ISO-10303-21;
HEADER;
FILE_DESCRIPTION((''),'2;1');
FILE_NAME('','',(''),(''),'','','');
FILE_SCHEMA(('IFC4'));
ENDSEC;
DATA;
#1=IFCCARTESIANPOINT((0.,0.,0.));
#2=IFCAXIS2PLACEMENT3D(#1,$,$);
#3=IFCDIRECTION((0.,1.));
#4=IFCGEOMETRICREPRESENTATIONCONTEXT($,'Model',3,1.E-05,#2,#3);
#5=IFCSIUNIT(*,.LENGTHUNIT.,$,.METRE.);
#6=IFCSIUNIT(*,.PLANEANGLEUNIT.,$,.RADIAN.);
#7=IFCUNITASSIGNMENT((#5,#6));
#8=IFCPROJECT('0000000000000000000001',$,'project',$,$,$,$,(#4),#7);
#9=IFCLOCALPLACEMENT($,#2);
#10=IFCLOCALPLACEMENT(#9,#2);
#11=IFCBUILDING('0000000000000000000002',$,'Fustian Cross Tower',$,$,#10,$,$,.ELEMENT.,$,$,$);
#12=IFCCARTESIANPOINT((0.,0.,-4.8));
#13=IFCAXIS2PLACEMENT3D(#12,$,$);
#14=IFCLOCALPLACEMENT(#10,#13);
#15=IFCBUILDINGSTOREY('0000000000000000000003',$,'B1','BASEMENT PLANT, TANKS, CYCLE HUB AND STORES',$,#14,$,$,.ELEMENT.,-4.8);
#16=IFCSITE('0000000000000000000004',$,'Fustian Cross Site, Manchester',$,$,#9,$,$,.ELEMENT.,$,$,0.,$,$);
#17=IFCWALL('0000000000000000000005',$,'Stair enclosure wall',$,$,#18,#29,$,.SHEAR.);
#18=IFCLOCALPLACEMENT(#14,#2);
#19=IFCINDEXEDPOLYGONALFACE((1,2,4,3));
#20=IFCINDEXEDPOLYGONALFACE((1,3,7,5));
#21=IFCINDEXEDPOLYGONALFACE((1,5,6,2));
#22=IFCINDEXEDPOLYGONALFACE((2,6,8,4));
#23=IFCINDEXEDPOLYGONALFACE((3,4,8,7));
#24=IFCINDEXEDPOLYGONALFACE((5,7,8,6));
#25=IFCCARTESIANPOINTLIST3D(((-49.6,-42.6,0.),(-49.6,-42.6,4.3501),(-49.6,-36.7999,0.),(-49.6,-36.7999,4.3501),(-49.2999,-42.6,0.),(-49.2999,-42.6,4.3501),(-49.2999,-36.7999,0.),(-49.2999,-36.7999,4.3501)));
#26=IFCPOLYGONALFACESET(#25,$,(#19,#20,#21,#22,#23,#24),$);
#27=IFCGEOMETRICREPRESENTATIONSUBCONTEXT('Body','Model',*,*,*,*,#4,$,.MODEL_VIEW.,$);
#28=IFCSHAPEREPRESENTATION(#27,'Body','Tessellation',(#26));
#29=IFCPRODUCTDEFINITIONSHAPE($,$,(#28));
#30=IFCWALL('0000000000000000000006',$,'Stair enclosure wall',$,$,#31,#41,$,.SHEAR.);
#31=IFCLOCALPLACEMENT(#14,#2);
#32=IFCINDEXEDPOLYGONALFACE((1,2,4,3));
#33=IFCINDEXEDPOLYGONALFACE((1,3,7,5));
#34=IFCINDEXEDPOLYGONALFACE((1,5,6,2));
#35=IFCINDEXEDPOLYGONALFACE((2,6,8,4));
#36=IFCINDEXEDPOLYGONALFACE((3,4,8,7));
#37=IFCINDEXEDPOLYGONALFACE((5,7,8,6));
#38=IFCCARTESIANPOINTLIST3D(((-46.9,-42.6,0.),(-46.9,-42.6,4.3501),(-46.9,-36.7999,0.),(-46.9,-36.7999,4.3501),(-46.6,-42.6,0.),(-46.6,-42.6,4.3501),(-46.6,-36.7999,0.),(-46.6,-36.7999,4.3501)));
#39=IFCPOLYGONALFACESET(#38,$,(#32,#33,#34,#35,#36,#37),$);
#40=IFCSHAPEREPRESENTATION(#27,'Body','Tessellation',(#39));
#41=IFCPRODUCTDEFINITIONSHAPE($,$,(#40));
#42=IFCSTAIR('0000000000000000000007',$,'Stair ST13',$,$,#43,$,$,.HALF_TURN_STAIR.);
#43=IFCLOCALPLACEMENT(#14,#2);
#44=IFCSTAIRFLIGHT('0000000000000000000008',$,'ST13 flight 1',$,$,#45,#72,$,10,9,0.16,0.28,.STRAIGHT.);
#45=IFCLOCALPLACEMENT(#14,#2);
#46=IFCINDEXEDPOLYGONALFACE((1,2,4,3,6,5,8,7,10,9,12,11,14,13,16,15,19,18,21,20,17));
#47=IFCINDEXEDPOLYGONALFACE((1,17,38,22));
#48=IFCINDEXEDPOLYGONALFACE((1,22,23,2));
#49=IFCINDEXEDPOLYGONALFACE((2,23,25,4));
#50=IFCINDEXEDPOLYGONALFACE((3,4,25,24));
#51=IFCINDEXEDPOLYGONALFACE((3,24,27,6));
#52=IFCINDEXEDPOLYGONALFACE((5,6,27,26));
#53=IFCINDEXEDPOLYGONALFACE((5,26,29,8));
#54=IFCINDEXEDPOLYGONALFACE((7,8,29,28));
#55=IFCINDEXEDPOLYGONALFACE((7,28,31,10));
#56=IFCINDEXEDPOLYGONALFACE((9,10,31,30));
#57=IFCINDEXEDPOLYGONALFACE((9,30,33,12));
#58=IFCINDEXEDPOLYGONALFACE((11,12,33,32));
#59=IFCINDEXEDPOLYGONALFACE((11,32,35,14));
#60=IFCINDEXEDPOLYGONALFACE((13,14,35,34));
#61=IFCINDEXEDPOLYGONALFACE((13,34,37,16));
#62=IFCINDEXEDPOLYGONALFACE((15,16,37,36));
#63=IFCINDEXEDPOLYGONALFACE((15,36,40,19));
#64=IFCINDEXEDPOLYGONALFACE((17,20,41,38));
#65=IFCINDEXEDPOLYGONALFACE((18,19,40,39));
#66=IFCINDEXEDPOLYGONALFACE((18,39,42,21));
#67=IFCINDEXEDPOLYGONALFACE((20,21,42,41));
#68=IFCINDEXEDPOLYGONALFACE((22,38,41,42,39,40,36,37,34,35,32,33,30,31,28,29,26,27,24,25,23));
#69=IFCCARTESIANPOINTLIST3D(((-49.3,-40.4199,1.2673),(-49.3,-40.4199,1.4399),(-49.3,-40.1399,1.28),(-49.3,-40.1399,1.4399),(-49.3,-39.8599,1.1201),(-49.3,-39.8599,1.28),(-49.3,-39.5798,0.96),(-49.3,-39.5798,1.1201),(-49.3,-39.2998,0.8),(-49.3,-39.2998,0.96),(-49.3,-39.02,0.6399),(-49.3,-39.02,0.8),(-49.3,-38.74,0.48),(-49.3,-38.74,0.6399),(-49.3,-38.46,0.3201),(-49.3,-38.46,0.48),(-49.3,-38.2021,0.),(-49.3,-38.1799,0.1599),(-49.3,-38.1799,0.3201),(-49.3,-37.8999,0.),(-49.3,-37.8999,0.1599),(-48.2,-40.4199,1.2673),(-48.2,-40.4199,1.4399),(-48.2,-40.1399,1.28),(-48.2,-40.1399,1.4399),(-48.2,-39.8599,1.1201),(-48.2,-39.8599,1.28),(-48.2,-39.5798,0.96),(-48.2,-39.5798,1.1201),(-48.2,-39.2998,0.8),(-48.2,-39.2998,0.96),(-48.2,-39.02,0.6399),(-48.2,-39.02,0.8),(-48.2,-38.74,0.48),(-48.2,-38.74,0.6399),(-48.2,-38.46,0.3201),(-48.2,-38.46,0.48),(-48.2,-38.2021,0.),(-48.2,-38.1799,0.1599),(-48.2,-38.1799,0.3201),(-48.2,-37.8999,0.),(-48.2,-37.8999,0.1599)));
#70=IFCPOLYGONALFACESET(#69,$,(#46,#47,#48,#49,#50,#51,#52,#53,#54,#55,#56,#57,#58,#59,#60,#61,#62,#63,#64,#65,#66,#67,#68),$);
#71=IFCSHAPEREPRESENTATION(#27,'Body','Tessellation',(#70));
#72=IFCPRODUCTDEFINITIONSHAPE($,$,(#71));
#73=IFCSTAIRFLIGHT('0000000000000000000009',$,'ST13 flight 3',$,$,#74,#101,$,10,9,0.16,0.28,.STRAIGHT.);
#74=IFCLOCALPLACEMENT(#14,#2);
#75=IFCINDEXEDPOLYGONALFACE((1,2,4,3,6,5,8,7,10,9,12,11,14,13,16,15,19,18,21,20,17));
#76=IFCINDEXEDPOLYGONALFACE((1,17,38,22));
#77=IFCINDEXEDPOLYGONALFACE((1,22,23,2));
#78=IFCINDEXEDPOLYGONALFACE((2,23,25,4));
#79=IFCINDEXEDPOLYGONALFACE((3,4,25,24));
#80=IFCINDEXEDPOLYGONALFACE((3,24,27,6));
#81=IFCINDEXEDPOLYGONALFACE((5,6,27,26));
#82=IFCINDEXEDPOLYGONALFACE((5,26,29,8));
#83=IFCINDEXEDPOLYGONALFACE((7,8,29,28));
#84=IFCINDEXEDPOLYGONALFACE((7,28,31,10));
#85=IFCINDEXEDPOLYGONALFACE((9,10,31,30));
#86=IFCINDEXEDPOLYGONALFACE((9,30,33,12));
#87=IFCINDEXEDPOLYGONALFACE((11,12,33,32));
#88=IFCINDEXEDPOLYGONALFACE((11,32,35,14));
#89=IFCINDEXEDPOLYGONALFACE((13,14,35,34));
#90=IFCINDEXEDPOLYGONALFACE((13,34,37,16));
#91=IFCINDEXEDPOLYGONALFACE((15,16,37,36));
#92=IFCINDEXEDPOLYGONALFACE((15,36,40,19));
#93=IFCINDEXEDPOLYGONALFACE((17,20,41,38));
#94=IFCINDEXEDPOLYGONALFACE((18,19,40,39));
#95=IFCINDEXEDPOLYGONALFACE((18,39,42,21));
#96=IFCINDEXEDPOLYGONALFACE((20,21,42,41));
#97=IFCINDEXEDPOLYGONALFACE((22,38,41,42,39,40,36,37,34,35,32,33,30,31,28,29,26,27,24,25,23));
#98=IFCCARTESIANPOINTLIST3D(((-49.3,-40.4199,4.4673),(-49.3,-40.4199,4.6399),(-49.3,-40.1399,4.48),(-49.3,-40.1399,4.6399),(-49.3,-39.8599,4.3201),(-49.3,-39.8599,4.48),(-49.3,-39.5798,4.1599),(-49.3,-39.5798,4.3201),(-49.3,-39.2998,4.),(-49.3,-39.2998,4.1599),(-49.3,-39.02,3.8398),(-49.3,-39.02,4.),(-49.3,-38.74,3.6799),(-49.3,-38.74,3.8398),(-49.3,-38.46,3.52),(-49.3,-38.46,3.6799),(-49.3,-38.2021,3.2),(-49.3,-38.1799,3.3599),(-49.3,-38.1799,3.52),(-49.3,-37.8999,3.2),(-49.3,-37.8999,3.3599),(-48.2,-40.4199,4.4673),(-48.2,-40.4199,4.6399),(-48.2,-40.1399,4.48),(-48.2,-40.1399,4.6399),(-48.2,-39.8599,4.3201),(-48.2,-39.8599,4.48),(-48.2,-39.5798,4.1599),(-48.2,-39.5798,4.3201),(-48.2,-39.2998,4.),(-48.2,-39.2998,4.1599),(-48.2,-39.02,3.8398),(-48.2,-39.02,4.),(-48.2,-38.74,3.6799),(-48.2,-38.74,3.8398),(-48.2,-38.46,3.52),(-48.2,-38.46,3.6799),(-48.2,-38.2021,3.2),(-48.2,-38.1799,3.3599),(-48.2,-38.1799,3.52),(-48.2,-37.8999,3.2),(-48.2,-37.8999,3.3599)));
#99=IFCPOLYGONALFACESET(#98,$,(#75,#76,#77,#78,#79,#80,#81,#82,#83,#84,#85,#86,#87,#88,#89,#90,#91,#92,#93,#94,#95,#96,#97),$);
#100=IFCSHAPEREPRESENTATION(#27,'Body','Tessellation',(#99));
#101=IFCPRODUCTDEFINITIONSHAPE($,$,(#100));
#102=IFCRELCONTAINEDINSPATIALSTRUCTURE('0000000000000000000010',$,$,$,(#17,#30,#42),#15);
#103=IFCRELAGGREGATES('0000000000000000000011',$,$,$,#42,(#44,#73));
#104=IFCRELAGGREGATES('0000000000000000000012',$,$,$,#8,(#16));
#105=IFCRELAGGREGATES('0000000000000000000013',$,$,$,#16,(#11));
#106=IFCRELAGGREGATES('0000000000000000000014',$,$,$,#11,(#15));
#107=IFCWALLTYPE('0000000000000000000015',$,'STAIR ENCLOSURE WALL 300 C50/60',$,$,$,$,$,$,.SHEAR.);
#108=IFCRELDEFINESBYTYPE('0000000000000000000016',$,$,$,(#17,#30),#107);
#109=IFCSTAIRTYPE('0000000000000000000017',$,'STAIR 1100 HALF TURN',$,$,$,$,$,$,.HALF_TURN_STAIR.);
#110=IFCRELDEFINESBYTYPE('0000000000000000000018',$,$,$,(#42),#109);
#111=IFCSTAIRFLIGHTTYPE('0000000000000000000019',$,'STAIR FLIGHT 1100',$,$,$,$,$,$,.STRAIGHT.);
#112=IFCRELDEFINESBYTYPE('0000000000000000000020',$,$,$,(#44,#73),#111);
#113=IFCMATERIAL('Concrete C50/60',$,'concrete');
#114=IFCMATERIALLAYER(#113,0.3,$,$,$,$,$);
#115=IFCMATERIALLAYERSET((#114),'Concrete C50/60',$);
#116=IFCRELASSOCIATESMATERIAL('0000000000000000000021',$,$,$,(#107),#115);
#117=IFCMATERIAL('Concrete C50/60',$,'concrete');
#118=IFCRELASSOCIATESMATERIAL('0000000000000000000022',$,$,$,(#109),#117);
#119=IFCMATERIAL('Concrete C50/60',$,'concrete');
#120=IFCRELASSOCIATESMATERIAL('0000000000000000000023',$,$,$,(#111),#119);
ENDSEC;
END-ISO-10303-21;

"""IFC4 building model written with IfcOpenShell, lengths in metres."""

from ifc_helpers import new_model, si_unit, direction, frame, frame_2d, origin, place, context, subcontext, project, spatial, polyline, rectangle, outline, extrude, material, layer, layer_set, type_object, element, aggregate, save


model = new_model("IFC4")

# Units and contexts
model_context = context("Model", 3, precision=1e-05, world=origin(), true_north=direction((0.0, 1.0)))
body_context = subcontext(model_context, "Body", "Model", "MODEL_VIEW")
ifc_project = project(units=[si_unit("LENGTHUNIT", "METRE"), si_unit("PLANEANGLEUNIT", "RADIAN")], contexts=[model_context])

# Site, building, storey
site_placement = place(None, origin())
site = spatial("IfcSite", under=ifc_project, at=site_placement, Name="Fustian Cross Site, Manchester", CompositionType="ELEMENT", RefElevation=0.0)
building_placement = place(site_placement, origin())
building = spatial("IfcBuilding", under=site, at=building_placement, Name="Fustian Cross Tower", CompositionType="ELEMENT")
storey_placement = place(building_placement, frame((0.0, 0.0, -4.8)))
storey = spatial("IfcBuildingStorey", under=building, at=storey_placement, Name="B1", Description="BASEMENT PLANT, TANKS, CYCLE HUB AND STORES", CompositionType="ELEMENT", Elevation=-4.8)

# Shared definitions
ifc_material_1 = material(Name="Concrete C50/60", Category="concrete")
ifc_layer_1 = layer(ifc_material_1, 0.3)
ifc_layer_set_1 = layer_set([ifc_layer_1], Name="Concrete C50/60")
wall_type_1 = type_object("IfcWallType", Name="STAIR ENCLOSURE WALL 300 C50/60", PredefinedType="SHEAR", material=ifc_layer_set_1)

# Walls
for number, where, z_axis, x_axis, name in (
    (1, (-49.45, -36.8, 0.0), (0.0, 0.0, 1.0), (0.0, -1.0, 0.0), "Stair enclosure wall"),
    (2, (-46.75, -36.8, 0.0), (0.0, 0.0, 1.0), (0.0, -1.0, 0.0), "Stair enclosure wall"),
):
    element("IfcWall", number, at=place(storey_placement, frame(where, z_axis=z_axis, x_axis=x_axis)), inside=storey, type_object=wall_type_1, Name=name, PredefinedType="SHEAR", context=body_context, shape_type="SweptSolid", body=[
        extrude(rectangle(XDim=5.8, YDim=0.3, at=frame_2d((2.8999, 0.0))), origin(), (0.0, 0.0, 1.0), 4.3501),
    ])

# Stair, stair flights
ifc_material_2 = material(Name="Concrete C50/60", Category="concrete")
stair_type = type_object("IfcStairType", Name="STAIR 1100 HALF TURN", PredefinedType="HALF_TURN_STAIR", material=ifc_material_2)
stair_placement = place(storey_placement, origin())
stair = element("IfcStair", 3, at=stair_placement, inside=storey, type_object=stair_type, Name="Stair ST13", PredefinedType="HALF_TURN_STAIR")
ifc_material_3 = material(Name="Concrete C50/60", Category="concrete")
stair_flight_type = type_object("IfcStairFlightType", Name="STAIR FLIGHT 1100", PredefinedType="STRAIGHT", material=ifc_material_3)
stair_flight_1_placement = place(storey_placement, frame((-48.75, -37.8999, 0.0), z_axis=(0.0, 0.0, 1.0), x_axis=(0.0, -1.0, 0.0)))
stair_flight_1 = element("IfcStairFlight", 4, at=stair_flight_1_placement, type_object=stair_flight_type, Name="ST13 flight 1", NumberOfRisers=10, NumberOfTreads=9, PredefinedType="STRAIGHT", RiserHeight=0.16, TreadLength=0.28, context=body_context, shape_type="SweptSolid", body=[
    extrude(outline(polyline([(0.0, 0.0), (0.0, 0.1599), (0.28, 0.1599), (0.28, 0.3201), (0.5601, 0.3201), (0.5601, 0.48), (0.8401, 0.48), (0.8401, 0.6399), (1.1201, 0.6399), (1.1201, 0.8), (1.3999, 0.8), (1.3999, 0.96), (1.6799, 0.96), (1.6799, 1.1201), (1.96, 1.1201), (1.96, 1.28), (2.24, 1.28), (2.24, 1.4399), (2.52, 1.4399), (2.52, 1.6001), (2.52, 1.2673), (0.3022, 0.0), (0.0, 0.0)])), frame((0.0, 0.55, 0.0), z_axis=(0.0, -1.0, 0.0), x_axis=(1.0, 0.0, 0.0)), (0.0, 0.0, 1.0), 1.1001),
])
stair_flight_2_placement = place(storey_placement, frame((-48.75, -37.8999, 3.2), z_axis=(0.0, 0.0, 1.0), x_axis=(0.0, -1.0, 0.0)))
stair_flight_2 = element("IfcStairFlight", 5, at=stair_flight_2_placement, type_object=stair_flight_type, Name="ST13 flight 3", NumberOfRisers=10, NumberOfTreads=9, PredefinedType="STRAIGHT", RiserHeight=0.16, TreadLength=0.28, context=body_context, shape_type="SweptSolid", body=[
    extrude(outline(polyline([(0.0, 0.0), (0.0, 0.1599), (0.28, 0.1599), (0.28, 0.3201), (0.5601, 0.3201), (0.5601, 0.48), (0.8401, 0.48), (0.8401, 0.6399), (1.1201, 0.6399), (1.1201, 0.8), (1.3999, 0.8), (1.3999, 0.96), (1.6799, 0.96), (1.6799, 1.1201), (1.96, 1.1201), (1.96, 1.28), (2.24, 1.28), (2.24, 1.4399), (2.52, 1.4399), (2.52, 1.6001), (2.52, 1.2673), (0.3022, 0.0), (0.0, 0.0)])), frame((0.0, 0.55, 0.0), z_axis=(0.0, -1.0, 0.0), x_axis=(1.0, 0.0, 0.0)), (0.0, 0.0, 1.0), 1.1001),
])
aggregate(stair, [stair_flight_1, stair_flight_2])

save(model, "model.ifc")
